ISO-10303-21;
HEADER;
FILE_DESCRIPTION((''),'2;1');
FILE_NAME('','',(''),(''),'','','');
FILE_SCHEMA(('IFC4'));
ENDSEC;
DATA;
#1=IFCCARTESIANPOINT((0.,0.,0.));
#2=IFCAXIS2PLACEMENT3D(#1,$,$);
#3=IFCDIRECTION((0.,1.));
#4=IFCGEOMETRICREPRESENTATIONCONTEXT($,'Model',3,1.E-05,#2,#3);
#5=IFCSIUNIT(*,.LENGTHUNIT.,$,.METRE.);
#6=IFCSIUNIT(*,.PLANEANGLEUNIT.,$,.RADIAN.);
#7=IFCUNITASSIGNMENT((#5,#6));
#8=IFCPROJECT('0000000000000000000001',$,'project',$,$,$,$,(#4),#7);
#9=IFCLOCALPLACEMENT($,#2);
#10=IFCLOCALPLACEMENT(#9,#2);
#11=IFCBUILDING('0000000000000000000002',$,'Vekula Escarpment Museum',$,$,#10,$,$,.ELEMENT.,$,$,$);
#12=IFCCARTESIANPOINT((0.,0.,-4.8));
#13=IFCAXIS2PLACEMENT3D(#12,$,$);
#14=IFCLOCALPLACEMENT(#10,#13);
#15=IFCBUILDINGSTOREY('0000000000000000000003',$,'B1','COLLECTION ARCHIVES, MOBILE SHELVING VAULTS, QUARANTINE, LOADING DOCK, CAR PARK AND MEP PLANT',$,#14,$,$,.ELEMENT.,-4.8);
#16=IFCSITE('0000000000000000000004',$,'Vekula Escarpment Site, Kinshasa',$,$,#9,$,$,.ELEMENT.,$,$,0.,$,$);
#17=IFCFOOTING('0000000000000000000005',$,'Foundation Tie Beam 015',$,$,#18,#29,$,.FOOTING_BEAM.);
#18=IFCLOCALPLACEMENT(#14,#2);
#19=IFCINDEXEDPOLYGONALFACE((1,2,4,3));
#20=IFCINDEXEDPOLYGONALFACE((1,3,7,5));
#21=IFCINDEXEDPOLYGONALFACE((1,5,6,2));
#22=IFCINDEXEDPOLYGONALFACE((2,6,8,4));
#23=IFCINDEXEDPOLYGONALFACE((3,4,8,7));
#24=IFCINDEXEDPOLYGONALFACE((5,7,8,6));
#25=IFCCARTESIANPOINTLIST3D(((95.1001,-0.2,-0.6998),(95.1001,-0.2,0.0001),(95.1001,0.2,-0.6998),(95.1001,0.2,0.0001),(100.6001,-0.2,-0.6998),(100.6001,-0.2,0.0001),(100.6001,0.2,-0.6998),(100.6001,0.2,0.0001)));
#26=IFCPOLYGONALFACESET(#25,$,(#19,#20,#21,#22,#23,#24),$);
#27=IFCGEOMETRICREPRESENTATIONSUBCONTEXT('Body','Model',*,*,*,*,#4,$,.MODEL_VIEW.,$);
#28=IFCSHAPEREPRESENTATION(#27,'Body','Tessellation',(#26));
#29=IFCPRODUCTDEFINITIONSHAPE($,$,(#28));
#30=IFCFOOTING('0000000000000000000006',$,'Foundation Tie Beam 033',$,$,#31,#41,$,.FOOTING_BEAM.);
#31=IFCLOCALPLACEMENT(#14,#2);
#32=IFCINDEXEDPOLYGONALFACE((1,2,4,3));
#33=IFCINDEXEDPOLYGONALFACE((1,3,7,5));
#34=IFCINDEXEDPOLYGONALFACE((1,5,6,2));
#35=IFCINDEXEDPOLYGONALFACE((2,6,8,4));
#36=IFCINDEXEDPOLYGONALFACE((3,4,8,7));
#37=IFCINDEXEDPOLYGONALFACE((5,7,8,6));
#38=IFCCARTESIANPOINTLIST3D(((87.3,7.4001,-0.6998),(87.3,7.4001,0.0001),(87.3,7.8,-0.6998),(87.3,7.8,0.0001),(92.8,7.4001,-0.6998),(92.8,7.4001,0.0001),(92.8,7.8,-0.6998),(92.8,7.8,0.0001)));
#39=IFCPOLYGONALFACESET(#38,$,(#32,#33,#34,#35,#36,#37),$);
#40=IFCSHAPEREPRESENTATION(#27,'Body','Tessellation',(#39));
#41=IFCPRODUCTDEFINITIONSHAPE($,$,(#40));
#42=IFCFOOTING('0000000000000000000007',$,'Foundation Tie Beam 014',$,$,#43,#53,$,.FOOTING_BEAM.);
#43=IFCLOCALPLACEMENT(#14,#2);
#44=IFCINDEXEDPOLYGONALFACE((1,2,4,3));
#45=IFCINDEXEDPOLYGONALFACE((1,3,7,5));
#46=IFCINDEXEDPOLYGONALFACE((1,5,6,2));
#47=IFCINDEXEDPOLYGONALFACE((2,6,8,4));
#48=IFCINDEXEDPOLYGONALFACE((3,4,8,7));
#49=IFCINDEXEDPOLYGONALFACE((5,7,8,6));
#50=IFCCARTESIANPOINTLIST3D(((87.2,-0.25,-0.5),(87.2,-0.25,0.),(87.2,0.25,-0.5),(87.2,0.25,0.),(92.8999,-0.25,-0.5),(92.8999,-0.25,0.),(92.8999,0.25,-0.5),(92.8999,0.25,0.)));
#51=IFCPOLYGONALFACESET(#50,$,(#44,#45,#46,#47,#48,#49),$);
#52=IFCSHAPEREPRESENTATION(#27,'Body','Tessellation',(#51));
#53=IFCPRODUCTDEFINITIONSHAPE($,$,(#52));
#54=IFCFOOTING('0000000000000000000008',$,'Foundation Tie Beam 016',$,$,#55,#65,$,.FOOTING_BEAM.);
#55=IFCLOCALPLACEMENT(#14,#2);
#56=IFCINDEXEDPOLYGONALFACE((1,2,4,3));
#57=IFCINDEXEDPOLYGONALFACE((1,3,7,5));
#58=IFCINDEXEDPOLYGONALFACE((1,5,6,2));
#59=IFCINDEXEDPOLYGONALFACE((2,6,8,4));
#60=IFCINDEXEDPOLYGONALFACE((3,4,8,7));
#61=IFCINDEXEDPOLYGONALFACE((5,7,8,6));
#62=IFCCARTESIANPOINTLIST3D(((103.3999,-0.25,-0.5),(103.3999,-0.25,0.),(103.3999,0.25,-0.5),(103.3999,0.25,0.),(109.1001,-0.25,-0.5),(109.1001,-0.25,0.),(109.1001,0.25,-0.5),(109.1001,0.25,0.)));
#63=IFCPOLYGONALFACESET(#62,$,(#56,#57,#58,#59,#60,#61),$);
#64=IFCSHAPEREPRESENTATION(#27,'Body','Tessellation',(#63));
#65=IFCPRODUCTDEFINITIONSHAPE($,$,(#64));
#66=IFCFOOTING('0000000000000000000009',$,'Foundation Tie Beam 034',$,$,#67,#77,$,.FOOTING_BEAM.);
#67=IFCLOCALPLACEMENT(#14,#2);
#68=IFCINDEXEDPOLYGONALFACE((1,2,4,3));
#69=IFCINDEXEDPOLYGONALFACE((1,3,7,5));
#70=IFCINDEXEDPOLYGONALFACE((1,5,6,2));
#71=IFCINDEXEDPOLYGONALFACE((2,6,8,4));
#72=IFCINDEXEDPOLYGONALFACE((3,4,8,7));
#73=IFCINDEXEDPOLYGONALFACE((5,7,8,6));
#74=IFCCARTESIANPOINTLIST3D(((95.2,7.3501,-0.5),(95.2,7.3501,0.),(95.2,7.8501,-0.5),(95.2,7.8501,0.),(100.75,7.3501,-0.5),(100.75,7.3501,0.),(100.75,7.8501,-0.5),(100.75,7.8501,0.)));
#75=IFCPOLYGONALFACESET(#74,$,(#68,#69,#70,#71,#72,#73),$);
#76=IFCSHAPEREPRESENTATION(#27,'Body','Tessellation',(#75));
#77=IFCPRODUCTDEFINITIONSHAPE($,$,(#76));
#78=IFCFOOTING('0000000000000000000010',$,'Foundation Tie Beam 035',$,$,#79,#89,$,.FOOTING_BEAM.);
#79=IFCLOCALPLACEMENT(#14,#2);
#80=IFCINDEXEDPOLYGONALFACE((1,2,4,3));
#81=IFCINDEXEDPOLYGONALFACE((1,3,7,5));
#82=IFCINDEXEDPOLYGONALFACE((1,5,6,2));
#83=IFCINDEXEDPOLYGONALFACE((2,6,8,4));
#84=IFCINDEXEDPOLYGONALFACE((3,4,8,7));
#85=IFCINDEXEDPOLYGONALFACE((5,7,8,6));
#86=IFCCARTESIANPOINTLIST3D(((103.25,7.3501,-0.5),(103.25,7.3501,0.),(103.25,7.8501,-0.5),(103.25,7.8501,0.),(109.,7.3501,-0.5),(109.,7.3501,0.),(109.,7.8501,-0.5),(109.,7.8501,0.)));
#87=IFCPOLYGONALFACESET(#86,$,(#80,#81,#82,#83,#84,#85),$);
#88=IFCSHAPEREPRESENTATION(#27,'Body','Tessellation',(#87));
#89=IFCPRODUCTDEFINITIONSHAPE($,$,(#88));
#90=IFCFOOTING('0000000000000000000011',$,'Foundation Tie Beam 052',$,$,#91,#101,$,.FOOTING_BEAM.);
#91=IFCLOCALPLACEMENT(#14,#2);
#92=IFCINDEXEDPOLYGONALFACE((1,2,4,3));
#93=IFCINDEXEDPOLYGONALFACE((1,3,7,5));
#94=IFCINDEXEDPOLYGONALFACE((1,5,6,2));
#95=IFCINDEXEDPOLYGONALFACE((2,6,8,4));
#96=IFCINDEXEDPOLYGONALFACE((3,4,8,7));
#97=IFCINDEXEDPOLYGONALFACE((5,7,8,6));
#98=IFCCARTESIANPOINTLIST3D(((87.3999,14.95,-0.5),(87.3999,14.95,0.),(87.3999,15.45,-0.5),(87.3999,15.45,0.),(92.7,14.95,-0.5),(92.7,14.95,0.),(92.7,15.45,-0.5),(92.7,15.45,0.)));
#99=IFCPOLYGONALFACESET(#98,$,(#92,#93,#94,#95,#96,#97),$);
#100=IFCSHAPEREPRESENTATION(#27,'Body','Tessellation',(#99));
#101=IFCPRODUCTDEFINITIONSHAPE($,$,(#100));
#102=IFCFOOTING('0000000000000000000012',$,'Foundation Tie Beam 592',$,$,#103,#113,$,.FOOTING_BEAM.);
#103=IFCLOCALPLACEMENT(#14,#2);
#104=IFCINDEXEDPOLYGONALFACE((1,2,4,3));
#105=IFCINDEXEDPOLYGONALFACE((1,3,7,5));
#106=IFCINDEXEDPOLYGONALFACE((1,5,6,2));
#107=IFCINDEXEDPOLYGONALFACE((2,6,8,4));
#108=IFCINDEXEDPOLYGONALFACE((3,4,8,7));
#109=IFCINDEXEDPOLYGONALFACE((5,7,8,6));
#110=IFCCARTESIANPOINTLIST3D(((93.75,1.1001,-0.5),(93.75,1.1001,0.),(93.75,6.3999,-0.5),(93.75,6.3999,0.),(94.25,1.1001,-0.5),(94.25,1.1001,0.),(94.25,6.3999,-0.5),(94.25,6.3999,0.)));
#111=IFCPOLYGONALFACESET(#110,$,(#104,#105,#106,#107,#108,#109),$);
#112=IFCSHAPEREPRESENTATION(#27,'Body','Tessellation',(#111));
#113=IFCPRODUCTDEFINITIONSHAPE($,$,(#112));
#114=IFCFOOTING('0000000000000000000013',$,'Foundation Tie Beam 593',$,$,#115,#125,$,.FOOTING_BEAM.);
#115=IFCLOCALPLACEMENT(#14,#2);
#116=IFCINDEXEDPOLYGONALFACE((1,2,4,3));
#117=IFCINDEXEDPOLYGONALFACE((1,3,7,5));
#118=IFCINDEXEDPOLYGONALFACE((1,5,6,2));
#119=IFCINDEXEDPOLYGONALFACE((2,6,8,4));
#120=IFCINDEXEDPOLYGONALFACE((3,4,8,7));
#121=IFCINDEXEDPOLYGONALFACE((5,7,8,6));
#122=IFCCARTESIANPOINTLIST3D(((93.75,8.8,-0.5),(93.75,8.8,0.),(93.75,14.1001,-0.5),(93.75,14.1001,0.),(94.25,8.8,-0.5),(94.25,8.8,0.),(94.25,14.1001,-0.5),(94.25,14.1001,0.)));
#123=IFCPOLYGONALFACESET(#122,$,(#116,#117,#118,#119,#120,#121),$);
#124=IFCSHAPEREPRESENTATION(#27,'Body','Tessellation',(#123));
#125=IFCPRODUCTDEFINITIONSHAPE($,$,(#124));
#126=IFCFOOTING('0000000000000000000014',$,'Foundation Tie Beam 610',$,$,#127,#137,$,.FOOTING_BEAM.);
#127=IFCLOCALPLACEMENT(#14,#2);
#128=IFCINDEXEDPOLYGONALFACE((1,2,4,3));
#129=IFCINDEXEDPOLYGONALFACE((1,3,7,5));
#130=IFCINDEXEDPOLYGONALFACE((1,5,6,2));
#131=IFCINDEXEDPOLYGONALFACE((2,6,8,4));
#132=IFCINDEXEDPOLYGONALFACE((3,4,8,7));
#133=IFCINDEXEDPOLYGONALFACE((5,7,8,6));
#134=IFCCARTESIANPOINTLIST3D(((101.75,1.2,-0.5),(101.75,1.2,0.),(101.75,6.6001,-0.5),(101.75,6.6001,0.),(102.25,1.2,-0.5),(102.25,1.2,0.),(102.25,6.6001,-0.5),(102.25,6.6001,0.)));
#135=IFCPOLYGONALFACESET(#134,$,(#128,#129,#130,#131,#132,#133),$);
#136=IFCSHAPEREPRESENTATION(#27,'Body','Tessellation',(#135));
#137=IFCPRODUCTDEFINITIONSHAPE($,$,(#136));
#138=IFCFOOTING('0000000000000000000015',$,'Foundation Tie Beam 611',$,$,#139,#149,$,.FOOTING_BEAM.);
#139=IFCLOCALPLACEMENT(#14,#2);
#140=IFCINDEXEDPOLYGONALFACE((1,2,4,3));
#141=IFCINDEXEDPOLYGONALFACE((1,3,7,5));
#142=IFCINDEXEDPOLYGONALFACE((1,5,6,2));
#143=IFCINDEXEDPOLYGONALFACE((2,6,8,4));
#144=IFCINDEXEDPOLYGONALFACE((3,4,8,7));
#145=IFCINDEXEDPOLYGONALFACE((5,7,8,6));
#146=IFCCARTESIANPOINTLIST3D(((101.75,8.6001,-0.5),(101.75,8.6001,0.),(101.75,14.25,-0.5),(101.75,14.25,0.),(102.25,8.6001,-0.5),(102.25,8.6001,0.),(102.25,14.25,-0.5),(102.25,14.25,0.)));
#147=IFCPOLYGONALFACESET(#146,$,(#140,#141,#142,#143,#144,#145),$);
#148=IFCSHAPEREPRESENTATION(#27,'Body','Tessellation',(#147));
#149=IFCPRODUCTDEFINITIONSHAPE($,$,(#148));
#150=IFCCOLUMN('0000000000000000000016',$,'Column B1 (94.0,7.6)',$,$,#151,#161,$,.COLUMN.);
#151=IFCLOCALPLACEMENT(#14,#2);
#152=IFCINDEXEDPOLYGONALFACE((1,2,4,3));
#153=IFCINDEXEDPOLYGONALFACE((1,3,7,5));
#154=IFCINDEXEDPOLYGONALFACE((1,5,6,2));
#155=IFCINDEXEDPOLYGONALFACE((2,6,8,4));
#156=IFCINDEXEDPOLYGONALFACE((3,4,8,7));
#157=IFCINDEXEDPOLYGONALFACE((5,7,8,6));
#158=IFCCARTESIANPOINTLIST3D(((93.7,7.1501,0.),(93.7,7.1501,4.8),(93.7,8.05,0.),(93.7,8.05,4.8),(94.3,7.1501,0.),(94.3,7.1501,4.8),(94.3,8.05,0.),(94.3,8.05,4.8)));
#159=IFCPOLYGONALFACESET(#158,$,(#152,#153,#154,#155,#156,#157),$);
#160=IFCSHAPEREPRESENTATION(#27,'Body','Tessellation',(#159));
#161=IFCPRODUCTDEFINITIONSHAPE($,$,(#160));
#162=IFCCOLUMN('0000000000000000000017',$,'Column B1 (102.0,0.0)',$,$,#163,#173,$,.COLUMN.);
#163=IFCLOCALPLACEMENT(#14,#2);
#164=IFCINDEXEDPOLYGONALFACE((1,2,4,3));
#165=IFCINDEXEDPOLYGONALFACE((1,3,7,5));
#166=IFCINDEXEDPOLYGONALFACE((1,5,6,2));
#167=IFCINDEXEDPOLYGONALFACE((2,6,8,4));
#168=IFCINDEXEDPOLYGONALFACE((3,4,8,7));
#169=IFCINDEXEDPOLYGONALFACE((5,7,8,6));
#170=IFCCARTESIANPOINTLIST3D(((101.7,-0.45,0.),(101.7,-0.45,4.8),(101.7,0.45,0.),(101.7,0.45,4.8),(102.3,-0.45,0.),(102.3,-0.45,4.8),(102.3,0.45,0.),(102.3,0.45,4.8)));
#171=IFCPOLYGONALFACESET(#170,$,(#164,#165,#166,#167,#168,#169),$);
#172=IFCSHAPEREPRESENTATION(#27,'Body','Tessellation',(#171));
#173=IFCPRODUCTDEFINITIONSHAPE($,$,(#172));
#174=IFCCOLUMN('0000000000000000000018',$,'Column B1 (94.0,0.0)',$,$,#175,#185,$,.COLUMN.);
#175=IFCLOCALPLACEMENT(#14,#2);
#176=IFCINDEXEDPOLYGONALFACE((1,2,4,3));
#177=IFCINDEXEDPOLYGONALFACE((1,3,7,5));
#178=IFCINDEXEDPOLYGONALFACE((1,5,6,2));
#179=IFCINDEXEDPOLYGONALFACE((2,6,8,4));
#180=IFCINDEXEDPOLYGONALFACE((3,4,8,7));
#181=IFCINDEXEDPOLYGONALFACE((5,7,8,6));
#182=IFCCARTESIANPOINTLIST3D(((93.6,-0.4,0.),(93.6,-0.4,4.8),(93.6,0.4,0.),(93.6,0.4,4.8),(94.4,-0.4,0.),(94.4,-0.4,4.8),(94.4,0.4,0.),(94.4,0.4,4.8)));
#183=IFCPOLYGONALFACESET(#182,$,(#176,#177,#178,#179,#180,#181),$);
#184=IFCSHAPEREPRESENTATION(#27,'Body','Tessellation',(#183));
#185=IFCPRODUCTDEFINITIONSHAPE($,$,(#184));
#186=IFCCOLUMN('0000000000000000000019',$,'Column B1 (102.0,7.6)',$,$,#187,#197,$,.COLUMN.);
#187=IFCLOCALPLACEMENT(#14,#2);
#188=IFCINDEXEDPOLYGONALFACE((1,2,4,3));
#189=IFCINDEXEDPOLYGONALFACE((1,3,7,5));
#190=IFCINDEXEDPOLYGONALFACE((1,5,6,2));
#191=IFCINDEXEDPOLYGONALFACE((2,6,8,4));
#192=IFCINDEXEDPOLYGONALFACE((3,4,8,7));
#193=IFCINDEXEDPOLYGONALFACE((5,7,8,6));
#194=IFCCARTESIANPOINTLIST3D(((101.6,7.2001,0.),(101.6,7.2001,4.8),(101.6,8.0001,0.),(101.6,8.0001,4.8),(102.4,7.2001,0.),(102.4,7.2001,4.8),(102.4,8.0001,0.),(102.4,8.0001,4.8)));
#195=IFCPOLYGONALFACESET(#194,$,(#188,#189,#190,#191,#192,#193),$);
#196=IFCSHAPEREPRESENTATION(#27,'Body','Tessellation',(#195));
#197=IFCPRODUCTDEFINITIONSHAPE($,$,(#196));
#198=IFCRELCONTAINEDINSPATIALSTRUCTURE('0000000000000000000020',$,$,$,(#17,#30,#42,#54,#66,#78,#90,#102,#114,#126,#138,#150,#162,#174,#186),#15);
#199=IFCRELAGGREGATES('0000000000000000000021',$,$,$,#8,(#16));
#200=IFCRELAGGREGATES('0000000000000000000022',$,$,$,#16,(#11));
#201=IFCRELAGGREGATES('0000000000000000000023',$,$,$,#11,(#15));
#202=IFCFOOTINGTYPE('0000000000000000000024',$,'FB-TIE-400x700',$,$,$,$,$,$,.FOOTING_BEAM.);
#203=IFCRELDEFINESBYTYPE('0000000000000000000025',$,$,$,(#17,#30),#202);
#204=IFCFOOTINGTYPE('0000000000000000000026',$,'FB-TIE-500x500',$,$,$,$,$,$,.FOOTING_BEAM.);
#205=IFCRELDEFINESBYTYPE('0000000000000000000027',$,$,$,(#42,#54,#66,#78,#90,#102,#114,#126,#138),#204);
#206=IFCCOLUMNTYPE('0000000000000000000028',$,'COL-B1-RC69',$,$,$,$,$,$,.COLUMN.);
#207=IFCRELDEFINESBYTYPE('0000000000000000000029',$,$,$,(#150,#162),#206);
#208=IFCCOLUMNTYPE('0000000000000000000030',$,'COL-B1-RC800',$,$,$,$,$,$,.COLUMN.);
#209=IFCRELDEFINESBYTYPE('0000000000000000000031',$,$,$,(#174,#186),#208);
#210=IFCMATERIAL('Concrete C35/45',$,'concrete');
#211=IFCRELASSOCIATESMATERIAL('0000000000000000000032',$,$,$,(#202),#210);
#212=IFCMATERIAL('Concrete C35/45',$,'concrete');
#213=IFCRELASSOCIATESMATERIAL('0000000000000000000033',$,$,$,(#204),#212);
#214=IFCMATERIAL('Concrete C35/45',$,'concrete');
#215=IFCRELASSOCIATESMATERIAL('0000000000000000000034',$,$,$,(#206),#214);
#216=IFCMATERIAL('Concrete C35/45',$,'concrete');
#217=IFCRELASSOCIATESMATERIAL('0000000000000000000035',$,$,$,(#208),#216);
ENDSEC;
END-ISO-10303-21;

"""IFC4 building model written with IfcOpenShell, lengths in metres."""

from ifc_helpers import new_model, si_unit, direction, frame, origin, origin_2d, place, context, subcontext, project, spatial, rectangle, extrude, material, material_profile, profile_set, type_object, element, save


model = new_model("IFC4")

# Units and contexts
model_context = context("Model", 3, precision=1e-05, world=origin(), true_north=direction((0.0, 1.0)))
body_context = subcontext(model_context, "Body", "Model", "MODEL_VIEW")
ifc_project = project(units=[si_unit("LENGTHUNIT", "METRE"), si_unit("PLANEANGLEUNIT", "RADIAN")], contexts=[model_context])

# Site, building, storey
site_placement = place(None, origin())
site = spatial("IfcSite", under=ifc_project, at=site_placement, Name="Vekula Escarpment Site, Kinshasa", CompositionType="ELEMENT", RefElevation=0.0)
building_placement = place(site_placement, origin())
building = spatial("IfcBuilding", under=site, at=building_placement, Name="Vekula Escarpment Museum", CompositionType="ELEMENT")
storey_placement = place(building_placement, frame((0.0, 0.0, -4.8)))
storey = spatial("IfcBuildingStorey", under=building, at=storey_placement, Name="B1", Description="COLLECTION ARCHIVES, MOBILE SHELVING VAULTS, QUARANTINE, LOADING DOCK, CAR PARK AND MEP PLANT", CompositionType="ELEMENT", Elevation=-4.8)

# Footings
ifc_material_1 = material(Name="Concrete C35/45", Category="concrete")
ifc_material_profile_1 = material_profile(ifc_material_1, rectangle(XDim=0.3999, YDim=0.7, at=origin_2d()), Name="RC 400x700")
ifc_profile_set_1 = profile_set([ifc_material_profile_1], Name="Concrete C35/45")
footing_type_1 = type_object("IfcFootingType", Name="FB-TIE-400x700", PredefinedType="FOOTING_BEAM", material=ifc_profile_set_1)
for number, where, z_axis, x_axis, name in (
    (1, (95.1001, 0.0, -0.3499), (1.0, 0.0, 0.0), (0.0, 1.0, 0.0), "Foundation Tie Beam 015"),
    (2, (87.3, 7.6001, -0.3499), (1.0, 0.0, 0.0), (0.0, 1.0, 0.0), "Foundation Tie Beam 033"),
):
    element("IfcFooting", number, at=place(storey_placement, frame(where, z_axis=z_axis, x_axis=x_axis)), inside=storey, type_object=footing_type_1, Name=name, PredefinedType="FOOTING_BEAM", context=body_context, shape_type="SweptSolid", body=[
        extrude(rectangle(XDim=0.3999, YDim=0.7, at=origin_2d()), origin(), (0.0, 0.0, 1.0), 5.5),
    ])
ifc_material_2 = material(Name="Concrete C35/45", Category="concrete")
ifc_material_profile_2 = material_profile(ifc_material_2, rectangle(XDim=0.5, YDim=0.5, at=origin_2d()), Name="RC 500x500")
ifc_profile_set_2 = profile_set([ifc_material_profile_2], Name="Concrete C35/45")
footing_type_2 = type_object("IfcFootingType", Name="FB-TIE-500x500", PredefinedType="FOOTING_BEAM", material=ifc_profile_set_2)
footing_1_placement = place(storey_placement, frame((87.2, 0.0, -0.25), z_axis=(1.0, 0.0, 0.0), x_axis=(0.0, 1.0, 0.0)))
element("IfcFooting", 3, at=footing_1_placement, inside=storey, type_object=footing_type_2, Name="Foundation Tie Beam 014", PredefinedType="FOOTING_BEAM", context=body_context, shape_type="SweptSolid", body=[
    extrude(rectangle(XDim=0.5, YDim=0.5, at=origin_2d()), origin(), (0.0, 0.0, 1.0), 5.7),
])
footing_2_placement = place(storey_placement, frame((103.3999, 0.0, -0.25), z_axis=(1.0, 0.0, 0.0), x_axis=(0.0, 1.0, 0.0)))
element("IfcFooting", 4, at=footing_2_placement, inside=storey, type_object=footing_type_2, Name="Foundation Tie Beam 016", PredefinedType="FOOTING_BEAM", context=body_context, shape_type="SweptSolid", body=[
    extrude(rectangle(XDim=0.5, YDim=0.5, at=origin_2d()), origin(), (0.0, 0.0, 1.0), 5.7002),
])
footing_3_placement = place(storey_placement, frame((95.2, 7.6001, -0.25), z_axis=(1.0, 0.0, 0.0), x_axis=(0.0, 1.0, 0.0)))
element("IfcFooting", 5, at=footing_3_placement, inside=storey, type_object=footing_type_2, Name="Foundation Tie Beam 034", PredefinedType="FOOTING_BEAM", context=body_context, shape_type="SweptSolid", body=[
    extrude(rectangle(XDim=0.5, YDim=0.5, at=origin_2d()), origin(), (0.0, 0.0, 1.0), 5.55),
])
footing_4_placement = place(storey_placement, frame((103.25, 7.6001, -0.25), z_axis=(1.0, 0.0, 0.0), x_axis=(0.0, 1.0, 0.0)))
element("IfcFooting", 6, at=footing_4_placement, inside=storey, type_object=footing_type_2, Name="Foundation Tie Beam 035", PredefinedType="FOOTING_BEAM", context=body_context, shape_type="SweptSolid", body=[
    extrude(rectangle(XDim=0.5, YDim=0.5, at=origin_2d()), origin(), (0.0, 0.0, 1.0), 5.75),
])
footing_5_placement = place(storey_placement, frame((87.3999, 15.2, -0.25), z_axis=(1.0, 0.0, 0.0), x_axis=(0.0, 1.0, 0.0)))
element("IfcFooting", 7, at=footing_5_placement, inside=storey, type_object=footing_type_2, Name="Foundation Tie Beam 052", PredefinedType="FOOTING_BEAM", context=body_context, shape_type="SweptSolid", body=[
    extrude(rectangle(XDim=0.5, YDim=0.5, at=origin_2d()), origin(), (0.0, 0.0, 1.0), 5.3),
])
footing_6_placement = place(storey_placement, frame((94.0, 1.1001, -0.25), z_axis=(0.0, 1.0, 0.0), x_axis=(-1.0, 0.0, 0.0)))
element("IfcFooting", 8, at=footing_6_placement, inside=storey, type_object=footing_type_2, Name="Foundation Tie Beam 592", PredefinedType="FOOTING_BEAM", context=body_context, shape_type="SweptSolid", body=[
    extrude(rectangle(XDim=0.5, YDim=0.5, at=origin_2d()), origin(), (0.0, 0.0, 1.0), 5.2998),
])
footing_7_placement = place(storey_placement, frame((94.0, 8.8, -0.25), z_axis=(0.0, 1.0, 0.0), x_axis=(-1.0, 0.0, 0.0)))
element("IfcFooting", 9, at=footing_7_placement, inside=storey, type_object=footing_type_2, Name="Foundation Tie Beam 593", PredefinedType="FOOTING_BEAM", context=body_context, shape_type="SweptSolid", body=[
    extrude(rectangle(XDim=0.5, YDim=0.5, at=origin_2d()), origin(), (0.0, 0.0, 1.0), 5.3),
])
footing_8_placement = place(storey_placement, frame((102.0, 1.2, -0.25), z_axis=(0.0, 1.0, 0.0), x_axis=(-1.0, 0.0, 0.0)))
element("IfcFooting", 10, at=footing_8_placement, inside=storey, type_object=footing_type_2, Name="Foundation Tie Beam 610", PredefinedType="FOOTING_BEAM", context=body_context, shape_type="SweptSolid", body=[
    extrude(rectangle(XDim=0.5, YDim=0.5, at=origin_2d()), origin(), (0.0, 0.0, 1.0), 5.4001),
])
footing_9_placement = place(storey_placement, frame((102.0, 8.6001, -0.25), z_axis=(0.0, 1.0, 0.0), x_axis=(-1.0, 0.0, 0.0)))
element("IfcFooting", 11, at=footing_9_placement, inside=storey, type_object=footing_type_2, Name="Foundation Tie Beam 611", PredefinedType="FOOTING_BEAM", context=body_context, shape_type="SweptSolid", body=[
    extrude(rectangle(XDim=0.5, YDim=0.5, at=origin_2d()), origin(), (0.0, 0.0, 1.0), 5.6499),
])

# Columns
ifc_material_3 = material(Name="Concrete C35/45", Category="concrete")
ifc_material_profile_3 = material_profile(ifc_material_3, rectangle(XDim=0.6001, YDim=0.8999, at=origin_2d()), Name="RC 600x900")
ifc_profile_set_3 = profile_set([ifc_material_profile_3], Name="Concrete C35/45")
column_type_1 = type_object("IfcColumnType", Name="COL-B1-RC69", PredefinedType="COLUMN", material=ifc_profile_set_3)
for number, where, z_axis, x_axis, name in (
    (12, (94.0, 7.6001, 0.0), (0.0, 0.0, 1.0), (1.0, 0.0, 0.0), "Column B1 (94.0,7.6)"),
    (13, (102.0, 0.0, 0.0), (0.0, 0.0, 1.0), (1.0, 0.0, 0.0), "Column B1 (102.0,0.0)"),
):
    element("IfcColumn", number, at=place(storey_placement, frame(where, z_axis=z_axis, x_axis=x_axis)), inside=storey, type_object=column_type_1, Name=name, PredefinedType="COLUMN", context=body_context, shape_type="SweptSolid", body=[
        extrude(rectangle(XDim=0.6001, YDim=0.8999, at=origin_2d()), origin(), (0.0, 0.0, 1.0), 4.8),
    ])
ifc_material_4 = material(Name="Concrete C35/45", Category="concrete")
ifc_material_profile_4 = material_profile(ifc_material_4, rectangle(XDim=0.8, YDim=0.8, at=origin_2d()), Name="RC 800x800")
ifc_profile_set_4 = profile_set([ifc_material_profile_4], Name="Concrete C35/45")
column_type_2 = type_object("IfcColumnType", Name="COL-B1-RC800", PredefinedType="COLUMN", material=ifc_profile_set_4)
for number, where, z_axis, x_axis, name in (
    (14, (94.0, 0.0, 0.0), (0.0, 0.0, 1.0), (1.0, 0.0, 0.0), "Column B1 (94.0,0.0)"),
    (15, (102.0, 7.6001, 0.0), (0.0, 0.0, 1.0), (1.0, 0.0, 0.0), "Column B1 (102.0,7.6)"),
):
    element("IfcColumn", number, at=place(storey_placement, frame(where, z_axis=z_axis, x_axis=x_axis)), inside=storey, type_object=column_type_2, Name=name, PredefinedType="COLUMN", context=body_context, shape_type="SweptSolid", body=[
        extrude(rectangle(XDim=0.8, YDim=0.8, at=origin_2d()), origin(), (0.0, 0.0, 1.0), 4.8),
    ])

save(model, "model.ifc")
